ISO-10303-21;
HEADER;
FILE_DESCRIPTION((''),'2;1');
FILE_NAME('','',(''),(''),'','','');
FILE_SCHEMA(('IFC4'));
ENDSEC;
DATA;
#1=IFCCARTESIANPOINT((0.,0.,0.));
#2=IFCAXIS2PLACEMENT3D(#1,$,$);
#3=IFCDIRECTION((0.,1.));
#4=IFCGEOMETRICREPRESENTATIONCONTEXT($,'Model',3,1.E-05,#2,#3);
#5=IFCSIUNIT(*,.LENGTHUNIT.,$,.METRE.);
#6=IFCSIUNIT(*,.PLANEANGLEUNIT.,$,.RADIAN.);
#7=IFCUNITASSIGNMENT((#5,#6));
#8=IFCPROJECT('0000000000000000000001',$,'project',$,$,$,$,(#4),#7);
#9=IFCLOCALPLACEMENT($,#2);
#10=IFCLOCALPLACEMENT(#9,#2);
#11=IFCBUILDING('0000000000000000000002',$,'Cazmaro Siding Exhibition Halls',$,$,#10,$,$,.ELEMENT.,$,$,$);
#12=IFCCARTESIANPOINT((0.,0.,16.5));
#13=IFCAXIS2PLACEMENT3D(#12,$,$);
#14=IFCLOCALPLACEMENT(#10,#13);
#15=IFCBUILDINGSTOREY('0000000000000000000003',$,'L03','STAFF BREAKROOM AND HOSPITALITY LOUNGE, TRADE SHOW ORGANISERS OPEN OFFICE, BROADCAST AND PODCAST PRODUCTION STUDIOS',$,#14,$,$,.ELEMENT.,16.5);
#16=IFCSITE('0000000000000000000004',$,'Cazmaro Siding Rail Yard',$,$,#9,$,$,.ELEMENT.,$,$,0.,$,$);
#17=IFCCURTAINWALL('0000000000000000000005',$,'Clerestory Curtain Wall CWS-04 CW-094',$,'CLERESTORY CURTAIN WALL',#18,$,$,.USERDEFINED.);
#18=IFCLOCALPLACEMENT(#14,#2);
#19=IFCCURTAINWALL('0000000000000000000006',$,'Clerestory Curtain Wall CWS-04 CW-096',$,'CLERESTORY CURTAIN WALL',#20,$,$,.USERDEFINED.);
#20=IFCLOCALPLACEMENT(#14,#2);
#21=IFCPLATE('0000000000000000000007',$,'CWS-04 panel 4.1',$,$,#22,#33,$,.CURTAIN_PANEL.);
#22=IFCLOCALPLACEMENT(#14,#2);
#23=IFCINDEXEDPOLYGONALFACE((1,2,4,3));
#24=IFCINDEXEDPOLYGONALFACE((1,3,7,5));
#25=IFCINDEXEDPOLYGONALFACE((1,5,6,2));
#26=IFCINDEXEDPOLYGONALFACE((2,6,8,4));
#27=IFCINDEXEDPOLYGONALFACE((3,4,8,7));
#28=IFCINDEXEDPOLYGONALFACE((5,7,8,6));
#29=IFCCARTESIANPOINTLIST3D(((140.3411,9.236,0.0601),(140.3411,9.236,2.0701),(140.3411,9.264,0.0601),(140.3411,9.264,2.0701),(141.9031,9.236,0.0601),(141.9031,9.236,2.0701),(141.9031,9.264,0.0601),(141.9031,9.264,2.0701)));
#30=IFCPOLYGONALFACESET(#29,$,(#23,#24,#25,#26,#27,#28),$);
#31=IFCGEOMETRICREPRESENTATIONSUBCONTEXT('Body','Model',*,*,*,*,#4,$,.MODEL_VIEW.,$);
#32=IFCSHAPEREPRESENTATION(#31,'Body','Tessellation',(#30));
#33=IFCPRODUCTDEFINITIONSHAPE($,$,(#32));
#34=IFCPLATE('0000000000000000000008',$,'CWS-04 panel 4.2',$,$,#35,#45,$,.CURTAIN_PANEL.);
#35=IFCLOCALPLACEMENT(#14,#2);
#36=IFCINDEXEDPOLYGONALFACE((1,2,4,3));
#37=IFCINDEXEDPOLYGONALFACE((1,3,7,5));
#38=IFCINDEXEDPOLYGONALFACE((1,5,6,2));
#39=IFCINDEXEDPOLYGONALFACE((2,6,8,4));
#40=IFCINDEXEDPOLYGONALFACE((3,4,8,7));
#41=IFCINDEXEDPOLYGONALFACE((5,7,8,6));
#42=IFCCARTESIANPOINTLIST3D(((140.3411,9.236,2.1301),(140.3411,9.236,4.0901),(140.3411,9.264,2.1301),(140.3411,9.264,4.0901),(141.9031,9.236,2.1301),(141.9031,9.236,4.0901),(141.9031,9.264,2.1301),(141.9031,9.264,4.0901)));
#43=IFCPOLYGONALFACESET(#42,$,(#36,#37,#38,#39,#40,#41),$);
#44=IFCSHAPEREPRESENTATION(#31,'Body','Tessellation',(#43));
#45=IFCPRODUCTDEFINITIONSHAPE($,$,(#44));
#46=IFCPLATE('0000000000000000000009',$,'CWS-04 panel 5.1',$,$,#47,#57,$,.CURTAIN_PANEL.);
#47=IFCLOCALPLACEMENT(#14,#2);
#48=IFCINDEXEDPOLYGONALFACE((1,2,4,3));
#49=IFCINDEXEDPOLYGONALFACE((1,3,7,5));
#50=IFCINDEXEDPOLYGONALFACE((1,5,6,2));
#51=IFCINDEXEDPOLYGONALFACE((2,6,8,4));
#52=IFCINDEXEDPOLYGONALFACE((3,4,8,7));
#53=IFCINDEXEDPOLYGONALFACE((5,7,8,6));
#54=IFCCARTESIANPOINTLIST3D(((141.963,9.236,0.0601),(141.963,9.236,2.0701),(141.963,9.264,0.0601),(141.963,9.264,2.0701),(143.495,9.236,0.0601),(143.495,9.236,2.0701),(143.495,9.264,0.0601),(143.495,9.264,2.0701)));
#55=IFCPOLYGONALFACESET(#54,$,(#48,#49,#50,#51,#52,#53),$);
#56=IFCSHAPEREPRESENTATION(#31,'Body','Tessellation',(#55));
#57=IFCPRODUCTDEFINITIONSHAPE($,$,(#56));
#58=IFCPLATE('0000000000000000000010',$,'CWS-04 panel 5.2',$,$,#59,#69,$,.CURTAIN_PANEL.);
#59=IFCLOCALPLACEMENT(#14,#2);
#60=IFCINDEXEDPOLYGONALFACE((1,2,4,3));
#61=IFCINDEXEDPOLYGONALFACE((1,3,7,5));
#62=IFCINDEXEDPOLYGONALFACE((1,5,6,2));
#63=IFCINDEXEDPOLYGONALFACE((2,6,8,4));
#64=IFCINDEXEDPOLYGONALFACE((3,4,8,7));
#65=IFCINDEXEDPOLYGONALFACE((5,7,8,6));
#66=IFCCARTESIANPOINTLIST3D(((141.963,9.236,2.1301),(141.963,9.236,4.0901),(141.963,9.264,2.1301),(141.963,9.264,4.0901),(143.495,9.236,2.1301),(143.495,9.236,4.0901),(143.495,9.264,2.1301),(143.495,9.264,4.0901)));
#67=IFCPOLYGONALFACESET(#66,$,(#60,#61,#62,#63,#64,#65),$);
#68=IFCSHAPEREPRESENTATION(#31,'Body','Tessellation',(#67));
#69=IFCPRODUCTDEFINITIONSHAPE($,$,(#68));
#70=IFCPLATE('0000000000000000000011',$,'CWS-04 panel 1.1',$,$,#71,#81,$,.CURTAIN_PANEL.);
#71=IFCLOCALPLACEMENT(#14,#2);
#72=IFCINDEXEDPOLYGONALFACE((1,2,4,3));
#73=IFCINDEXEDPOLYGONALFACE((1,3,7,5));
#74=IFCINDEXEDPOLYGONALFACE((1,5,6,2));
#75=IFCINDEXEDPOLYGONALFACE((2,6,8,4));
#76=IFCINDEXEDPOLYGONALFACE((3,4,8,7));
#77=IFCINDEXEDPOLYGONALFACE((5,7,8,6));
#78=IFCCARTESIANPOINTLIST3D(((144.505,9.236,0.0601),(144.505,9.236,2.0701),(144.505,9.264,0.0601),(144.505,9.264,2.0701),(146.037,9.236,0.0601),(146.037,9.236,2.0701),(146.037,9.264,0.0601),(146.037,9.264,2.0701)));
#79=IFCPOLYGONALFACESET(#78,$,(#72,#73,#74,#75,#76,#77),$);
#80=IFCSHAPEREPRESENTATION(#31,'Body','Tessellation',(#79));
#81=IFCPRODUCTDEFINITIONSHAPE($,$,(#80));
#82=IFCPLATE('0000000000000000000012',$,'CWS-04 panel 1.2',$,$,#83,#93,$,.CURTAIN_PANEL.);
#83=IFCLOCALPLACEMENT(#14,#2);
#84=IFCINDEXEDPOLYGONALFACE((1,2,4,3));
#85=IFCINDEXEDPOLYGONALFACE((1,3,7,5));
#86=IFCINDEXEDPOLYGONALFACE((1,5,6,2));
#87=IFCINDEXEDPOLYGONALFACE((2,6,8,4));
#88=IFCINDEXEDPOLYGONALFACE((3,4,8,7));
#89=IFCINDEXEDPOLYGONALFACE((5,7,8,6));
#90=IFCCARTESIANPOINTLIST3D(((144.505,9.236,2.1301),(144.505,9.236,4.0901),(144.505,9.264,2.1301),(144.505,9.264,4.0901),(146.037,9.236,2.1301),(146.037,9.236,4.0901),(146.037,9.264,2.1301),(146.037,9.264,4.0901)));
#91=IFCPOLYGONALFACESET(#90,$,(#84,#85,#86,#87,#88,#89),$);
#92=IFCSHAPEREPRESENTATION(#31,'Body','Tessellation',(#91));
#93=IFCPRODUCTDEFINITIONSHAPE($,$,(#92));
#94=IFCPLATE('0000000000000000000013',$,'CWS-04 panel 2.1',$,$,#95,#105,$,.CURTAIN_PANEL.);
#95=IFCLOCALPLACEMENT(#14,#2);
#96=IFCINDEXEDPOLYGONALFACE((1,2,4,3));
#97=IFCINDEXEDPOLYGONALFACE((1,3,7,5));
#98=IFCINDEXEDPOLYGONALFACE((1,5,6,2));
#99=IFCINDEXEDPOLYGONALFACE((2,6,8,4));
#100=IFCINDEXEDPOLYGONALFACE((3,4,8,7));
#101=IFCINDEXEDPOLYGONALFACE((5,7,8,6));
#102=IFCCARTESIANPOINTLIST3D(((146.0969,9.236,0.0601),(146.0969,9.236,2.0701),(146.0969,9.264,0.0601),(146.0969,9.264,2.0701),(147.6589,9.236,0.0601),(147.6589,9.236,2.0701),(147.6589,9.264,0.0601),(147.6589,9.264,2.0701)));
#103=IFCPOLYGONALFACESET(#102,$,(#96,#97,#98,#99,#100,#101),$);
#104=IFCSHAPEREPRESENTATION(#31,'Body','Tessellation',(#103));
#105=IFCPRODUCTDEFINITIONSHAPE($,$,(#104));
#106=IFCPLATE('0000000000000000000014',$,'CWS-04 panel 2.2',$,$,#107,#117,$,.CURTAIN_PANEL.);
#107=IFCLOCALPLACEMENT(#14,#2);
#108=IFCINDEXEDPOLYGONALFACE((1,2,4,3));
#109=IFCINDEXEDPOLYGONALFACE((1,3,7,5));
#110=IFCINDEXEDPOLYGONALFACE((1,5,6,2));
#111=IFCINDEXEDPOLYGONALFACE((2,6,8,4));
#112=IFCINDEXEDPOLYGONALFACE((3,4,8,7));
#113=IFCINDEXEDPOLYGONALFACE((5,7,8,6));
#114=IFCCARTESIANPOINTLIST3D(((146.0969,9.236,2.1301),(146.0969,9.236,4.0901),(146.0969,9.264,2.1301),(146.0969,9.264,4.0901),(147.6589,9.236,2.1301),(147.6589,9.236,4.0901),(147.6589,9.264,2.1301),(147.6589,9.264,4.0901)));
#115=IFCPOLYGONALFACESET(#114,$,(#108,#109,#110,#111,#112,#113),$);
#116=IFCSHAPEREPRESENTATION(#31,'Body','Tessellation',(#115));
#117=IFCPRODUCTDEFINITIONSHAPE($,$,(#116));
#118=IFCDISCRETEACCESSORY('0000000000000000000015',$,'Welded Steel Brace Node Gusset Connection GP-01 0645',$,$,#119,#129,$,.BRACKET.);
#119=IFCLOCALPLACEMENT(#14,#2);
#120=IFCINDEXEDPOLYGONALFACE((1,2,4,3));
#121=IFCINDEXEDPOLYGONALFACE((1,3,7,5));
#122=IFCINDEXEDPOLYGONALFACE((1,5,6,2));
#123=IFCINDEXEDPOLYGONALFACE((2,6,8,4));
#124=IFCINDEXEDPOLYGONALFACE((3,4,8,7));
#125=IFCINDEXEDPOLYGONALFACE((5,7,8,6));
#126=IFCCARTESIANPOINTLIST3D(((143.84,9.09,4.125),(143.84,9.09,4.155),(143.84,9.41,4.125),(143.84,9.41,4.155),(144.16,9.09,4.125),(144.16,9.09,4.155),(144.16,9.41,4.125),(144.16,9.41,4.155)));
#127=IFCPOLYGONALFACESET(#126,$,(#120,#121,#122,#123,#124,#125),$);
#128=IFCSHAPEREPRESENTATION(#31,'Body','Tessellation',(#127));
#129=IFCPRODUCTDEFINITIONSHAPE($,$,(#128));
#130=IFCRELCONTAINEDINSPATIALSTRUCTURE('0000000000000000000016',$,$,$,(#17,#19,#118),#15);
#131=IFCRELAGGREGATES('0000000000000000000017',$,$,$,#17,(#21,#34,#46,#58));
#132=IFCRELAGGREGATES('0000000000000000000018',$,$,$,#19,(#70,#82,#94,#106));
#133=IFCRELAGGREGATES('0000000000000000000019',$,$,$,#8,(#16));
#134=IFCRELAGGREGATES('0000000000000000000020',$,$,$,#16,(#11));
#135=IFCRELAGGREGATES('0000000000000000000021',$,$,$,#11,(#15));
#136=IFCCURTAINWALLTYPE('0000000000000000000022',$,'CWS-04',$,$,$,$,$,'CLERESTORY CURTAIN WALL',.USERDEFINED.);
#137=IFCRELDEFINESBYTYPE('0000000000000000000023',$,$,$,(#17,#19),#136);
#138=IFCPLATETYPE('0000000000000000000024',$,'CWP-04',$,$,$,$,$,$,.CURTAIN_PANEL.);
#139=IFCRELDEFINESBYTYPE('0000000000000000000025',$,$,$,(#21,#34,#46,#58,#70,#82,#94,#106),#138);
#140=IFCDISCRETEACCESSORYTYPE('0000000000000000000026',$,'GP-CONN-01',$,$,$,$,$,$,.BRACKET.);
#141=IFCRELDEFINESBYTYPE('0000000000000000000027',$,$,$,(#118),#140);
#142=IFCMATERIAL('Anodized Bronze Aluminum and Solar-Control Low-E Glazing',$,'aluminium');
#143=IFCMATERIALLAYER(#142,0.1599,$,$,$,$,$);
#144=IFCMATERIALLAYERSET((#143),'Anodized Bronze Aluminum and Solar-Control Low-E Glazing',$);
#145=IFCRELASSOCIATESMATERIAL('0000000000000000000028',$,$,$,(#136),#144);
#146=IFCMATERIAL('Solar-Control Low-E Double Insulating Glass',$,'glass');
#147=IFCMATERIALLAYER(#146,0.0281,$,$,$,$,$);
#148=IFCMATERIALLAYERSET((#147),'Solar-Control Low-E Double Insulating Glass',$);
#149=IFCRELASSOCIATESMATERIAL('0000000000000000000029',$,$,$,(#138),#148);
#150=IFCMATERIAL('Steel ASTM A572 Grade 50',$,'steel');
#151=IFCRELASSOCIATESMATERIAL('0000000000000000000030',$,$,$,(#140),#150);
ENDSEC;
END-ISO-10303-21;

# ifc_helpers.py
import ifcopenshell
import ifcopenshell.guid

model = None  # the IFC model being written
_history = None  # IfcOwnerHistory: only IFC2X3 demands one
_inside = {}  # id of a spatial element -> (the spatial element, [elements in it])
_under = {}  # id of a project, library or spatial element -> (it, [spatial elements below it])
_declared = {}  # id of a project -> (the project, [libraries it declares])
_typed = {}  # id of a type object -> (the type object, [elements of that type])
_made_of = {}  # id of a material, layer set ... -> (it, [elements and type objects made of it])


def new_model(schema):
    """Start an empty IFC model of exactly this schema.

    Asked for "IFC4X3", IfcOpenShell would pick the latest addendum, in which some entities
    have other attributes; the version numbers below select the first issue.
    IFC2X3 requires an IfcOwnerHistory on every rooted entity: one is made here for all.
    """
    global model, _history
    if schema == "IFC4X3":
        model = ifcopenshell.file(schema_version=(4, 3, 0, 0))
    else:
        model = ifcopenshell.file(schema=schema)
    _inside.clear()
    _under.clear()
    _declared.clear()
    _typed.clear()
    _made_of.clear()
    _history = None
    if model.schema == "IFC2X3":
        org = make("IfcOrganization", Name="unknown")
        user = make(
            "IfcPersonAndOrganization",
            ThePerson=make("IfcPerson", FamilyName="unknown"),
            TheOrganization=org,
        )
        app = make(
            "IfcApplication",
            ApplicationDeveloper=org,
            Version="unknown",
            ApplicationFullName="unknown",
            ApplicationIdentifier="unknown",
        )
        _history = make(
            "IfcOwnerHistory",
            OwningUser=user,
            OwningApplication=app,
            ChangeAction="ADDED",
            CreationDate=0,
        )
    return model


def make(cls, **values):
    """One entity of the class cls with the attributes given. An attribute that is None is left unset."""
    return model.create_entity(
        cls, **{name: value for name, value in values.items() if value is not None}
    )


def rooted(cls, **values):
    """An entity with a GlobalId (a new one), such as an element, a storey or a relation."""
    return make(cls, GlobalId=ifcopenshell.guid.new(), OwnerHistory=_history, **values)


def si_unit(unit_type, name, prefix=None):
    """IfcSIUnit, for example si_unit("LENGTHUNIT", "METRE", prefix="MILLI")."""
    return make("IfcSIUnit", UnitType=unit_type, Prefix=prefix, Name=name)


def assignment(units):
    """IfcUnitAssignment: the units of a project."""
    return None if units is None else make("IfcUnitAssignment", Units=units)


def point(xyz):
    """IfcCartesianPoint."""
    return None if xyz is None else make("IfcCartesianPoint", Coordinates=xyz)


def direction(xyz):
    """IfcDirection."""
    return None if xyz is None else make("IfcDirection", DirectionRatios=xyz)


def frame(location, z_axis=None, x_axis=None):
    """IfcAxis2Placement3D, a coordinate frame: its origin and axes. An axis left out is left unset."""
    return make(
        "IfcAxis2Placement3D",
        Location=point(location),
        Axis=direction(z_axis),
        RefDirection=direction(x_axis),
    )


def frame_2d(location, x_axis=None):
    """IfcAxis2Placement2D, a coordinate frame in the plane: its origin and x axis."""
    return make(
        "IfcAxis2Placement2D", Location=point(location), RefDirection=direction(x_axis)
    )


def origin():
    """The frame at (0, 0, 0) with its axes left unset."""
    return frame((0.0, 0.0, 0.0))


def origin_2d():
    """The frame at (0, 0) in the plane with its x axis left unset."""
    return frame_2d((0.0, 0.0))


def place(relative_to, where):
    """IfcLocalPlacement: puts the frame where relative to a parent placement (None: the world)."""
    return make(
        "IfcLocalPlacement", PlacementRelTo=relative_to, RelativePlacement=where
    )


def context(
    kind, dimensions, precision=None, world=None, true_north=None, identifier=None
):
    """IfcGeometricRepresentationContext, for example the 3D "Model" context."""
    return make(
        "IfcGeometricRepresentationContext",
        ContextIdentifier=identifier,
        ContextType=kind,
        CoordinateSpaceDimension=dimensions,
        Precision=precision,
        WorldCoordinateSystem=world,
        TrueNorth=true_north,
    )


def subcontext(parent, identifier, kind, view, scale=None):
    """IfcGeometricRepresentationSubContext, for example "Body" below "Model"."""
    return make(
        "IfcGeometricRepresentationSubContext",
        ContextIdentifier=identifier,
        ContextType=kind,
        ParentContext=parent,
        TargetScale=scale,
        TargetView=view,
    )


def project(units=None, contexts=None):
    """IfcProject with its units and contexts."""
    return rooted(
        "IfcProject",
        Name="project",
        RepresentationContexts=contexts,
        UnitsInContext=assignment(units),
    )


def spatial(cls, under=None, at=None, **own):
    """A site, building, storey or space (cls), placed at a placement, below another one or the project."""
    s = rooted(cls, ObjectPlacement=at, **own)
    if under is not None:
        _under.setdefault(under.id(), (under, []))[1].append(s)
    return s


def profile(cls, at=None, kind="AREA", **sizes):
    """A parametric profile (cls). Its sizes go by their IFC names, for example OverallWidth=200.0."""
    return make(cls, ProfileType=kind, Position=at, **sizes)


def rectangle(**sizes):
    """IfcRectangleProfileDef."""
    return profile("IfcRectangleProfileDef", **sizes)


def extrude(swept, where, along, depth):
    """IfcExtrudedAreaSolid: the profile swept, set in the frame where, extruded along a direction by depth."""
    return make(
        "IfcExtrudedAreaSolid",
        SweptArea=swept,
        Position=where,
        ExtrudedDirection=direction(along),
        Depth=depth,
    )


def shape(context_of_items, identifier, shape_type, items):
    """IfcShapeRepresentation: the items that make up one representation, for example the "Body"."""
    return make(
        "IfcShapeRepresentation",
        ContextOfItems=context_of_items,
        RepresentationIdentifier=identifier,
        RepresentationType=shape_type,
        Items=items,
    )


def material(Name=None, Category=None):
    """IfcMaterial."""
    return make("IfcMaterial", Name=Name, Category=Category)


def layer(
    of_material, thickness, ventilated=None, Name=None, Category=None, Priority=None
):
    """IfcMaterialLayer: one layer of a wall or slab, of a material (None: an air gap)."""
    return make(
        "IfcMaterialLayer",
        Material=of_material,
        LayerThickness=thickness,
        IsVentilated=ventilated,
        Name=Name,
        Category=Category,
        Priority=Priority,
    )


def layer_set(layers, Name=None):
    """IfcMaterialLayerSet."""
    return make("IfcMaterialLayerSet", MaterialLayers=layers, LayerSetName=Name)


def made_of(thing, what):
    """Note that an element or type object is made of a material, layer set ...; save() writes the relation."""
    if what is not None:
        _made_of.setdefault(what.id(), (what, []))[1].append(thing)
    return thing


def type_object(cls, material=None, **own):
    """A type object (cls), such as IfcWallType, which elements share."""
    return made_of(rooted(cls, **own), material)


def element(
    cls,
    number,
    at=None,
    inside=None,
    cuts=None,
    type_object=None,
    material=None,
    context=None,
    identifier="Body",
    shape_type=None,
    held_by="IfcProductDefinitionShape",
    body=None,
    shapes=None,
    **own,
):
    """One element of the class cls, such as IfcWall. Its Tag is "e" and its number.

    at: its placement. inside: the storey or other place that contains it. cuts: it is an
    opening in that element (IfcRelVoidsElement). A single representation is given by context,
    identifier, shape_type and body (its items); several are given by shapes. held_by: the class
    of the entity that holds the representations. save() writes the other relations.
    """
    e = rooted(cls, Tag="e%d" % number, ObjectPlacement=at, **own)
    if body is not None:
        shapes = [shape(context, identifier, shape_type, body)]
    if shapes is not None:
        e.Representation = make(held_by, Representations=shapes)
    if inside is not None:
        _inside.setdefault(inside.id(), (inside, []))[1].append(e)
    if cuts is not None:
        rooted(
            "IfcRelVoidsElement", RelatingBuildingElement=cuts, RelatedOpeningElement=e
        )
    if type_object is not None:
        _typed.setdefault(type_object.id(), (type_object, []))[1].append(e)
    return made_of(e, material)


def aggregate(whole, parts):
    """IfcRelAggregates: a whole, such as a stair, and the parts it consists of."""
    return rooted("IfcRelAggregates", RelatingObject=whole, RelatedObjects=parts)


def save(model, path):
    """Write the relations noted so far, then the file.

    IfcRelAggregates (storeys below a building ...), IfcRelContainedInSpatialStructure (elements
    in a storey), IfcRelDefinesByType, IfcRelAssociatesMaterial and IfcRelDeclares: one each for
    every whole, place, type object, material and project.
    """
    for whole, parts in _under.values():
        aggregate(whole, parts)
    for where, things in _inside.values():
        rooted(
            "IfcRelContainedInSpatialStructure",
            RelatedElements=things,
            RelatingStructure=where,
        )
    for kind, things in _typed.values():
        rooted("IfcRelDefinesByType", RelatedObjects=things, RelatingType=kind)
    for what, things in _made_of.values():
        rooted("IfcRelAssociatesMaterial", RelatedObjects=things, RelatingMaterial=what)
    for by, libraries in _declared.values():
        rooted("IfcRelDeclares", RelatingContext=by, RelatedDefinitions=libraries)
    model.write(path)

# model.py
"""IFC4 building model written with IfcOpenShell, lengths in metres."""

from ifc_helpers import new_model, si_unit, direction, frame, origin, origin_2d, place, context, subcontext, project, spatial, rectangle, extrude, material, layer, layer_set, type_object, element, aggregate, save


model = new_model("IFC4")

# Units and contexts
model_context = context("Model", 3, precision=1e-05, world=origin(), true_north=direction((0.0, 1.0)))
body_context = subcontext(model_context, "Body", "Model", "MODEL_VIEW")
ifc_project = project(units=[si_unit("LENGTHUNIT", "METRE"), si_unit("PLANEANGLEUNIT", "RADIAN")], contexts=[model_context])

# Site, building, storey
site_placement = place(None, origin())
site = spatial("IfcSite", under=ifc_project, at=site_placement, Name="Cazmaro Siding Rail Yard", CompositionType="ELEMENT", RefElevation=0.0)
building_placement = place(site_placement, origin())
building = spatial("IfcBuilding", under=site, at=building_placement, Name="Cazmaro Siding Exhibition Halls", CompositionType="ELEMENT")
storey_placement = place(building_placement, frame((0.0, 0.0, 16.5)))
storey = spatial("IfcBuildingStorey", under=building, at=storey_placement, Name="L03", Description="STAFF BREAKROOM AND HOSPITALITY LOUNGE, TRADE SHOW ORGANISERS OPEN OFFICE, BROADCAST AND PODCAST PRODUCTION STUDIOS", CompositionType="ELEMENT", Elevation=16.5)

# Curtain walls
ifc_material_1 = material(Name="Anodized Bronze Aluminum and Solar-Control Low-E Glazing", Category="aluminium")
ifc_layer_1 = layer(ifc_material_1, 0.1599)
ifc_layer_set_1 = layer_set([ifc_layer_1], Name="Anodized Bronze Aluminum and Solar-Control Low-E Glazing")
curtain_wall_type = type_object("IfcCurtainWallType", Name="CWS-04", ElementType="CLERESTORY CURTAIN WALL", PredefinedType="USERDEFINED", material=ifc_layer_set_1)
curtain_wall_1_placement = place(storey_placement, origin())
curtain_wall_1 = element("IfcCurtainWall", 1, at=curtain_wall_1_placement, inside=storey, type_object=curtain_wall_type, Name="Clerestory Curtain Wall CWS-04 CW-094", ObjectType="CLERESTORY CURTAIN WALL", PredefinedType="USERDEFINED")
curtain_wall_2_placement = place(storey_placement, origin())
curtain_wall_2 = element("IfcCurtainWall", 2, at=curtain_wall_2_placement, inside=storey, type_object=curtain_wall_type, Name="Clerestory Curtain Wall CWS-04 CW-096", ObjectType="CLERESTORY CURTAIN WALL", PredefinedType="USERDEFINED")

# Plates
ifc_material_2 = material(Name="Solar-Control Low-E Double Insulating Glass", Category="glass")
ifc_layer_2 = layer(ifc_material_2, 0.0281)
ifc_layer_set_2 = layer_set([ifc_layer_2], Name="Solar-Control Low-E Double Insulating Glass")
plate_type = type_object("IfcPlateType", Name="CWP-04", PredefinedType="CURTAIN_PANEL", material=ifc_layer_set_2)
plate_1_placement = place(storey_placement, frame((141.1221, 9.25, 0.0601), z_axis=(0.0, 0.0, 1.0), x_axis=(1.0, 0.0, 0.0)))
plate_1 = element("IfcPlate", 3, at=plate_1_placement, type_object=plate_type, Name="CWS-04 panel 4.1", PredefinedType="CURTAIN_PANEL", context=body_context, shape_type="SweptSolid", body=[
    extrude(rectangle(XDim=1.562, YDim=0.0281, at=origin_2d()), origin(), (0.0, 0.0, 1.0), 2.01),
])
plate_2_placement = place(storey_placement, frame((141.1221, 9.25, 2.1301), z_axis=(0.0, 0.0, 1.0), x_axis=(1.0, 0.0, 0.0)))
plate_2 = element("IfcPlate", 4, at=plate_2_placement, type_object=plate_type, Name="CWS-04 panel 4.2", PredefinedType="CURTAIN_PANEL", context=body_context, shape_type="SweptSolid", body=[
    extrude(rectangle(XDim=1.562, YDim=0.0281, at=origin_2d()), origin(), (0.0, 0.0, 1.0), 1.96),
])
plate_3_placement = place(storey_placement, frame((142.729, 9.25, 0.0601), z_axis=(0.0, 0.0, 1.0), x_axis=(1.0, 0.0, 0.0)))
plate_3 = element("IfcPlate", 5, at=plate_3_placement, type_object=plate_type, Name="CWS-04 panel 5.1", PredefinedType="CURTAIN_PANEL", context=body_context, shape_type="SweptSolid", body=[
    extrude(rectangle(XDim=1.532, YDim=0.0281, at=origin_2d()), origin(), (0.0, 0.0, 1.0), 2.01),
])
plate_4_placement = place(storey_placement, frame((142.729, 9.25, 2.1301), z_axis=(0.0, 0.0, 1.0), x_axis=(1.0, 0.0, 0.0)))
plate_4 = element("IfcPlate", 6, at=plate_4_placement, type_object=plate_type, Name="CWS-04 panel 5.2", PredefinedType="CURTAIN_PANEL", context=body_context, shape_type="SweptSolid", body=[
    extrude(rectangle(XDim=1.532, YDim=0.0281, at=origin_2d()), origin(), (0.0, 0.0, 1.0), 1.96),
])
aggregate(curtain_wall_1, [plate_1, plate_2, plate_3, plate_4])
plate_5_placement = place(storey_placement, frame((145.271, 9.25, 0.0601), z_axis=(0.0, 0.0, 1.0), x_axis=(1.0, 0.0, 0.0)))
plate_5 = element("IfcPlate", 7, at=plate_5_placement, type_object=plate_type, Name="CWS-04 panel 1.1", PredefinedType="CURTAIN_PANEL", context=body_context, shape_type="SweptSolid", body=[
    extrude(rectangle(XDim=1.532, YDim=0.0281, at=origin_2d()), origin(), (0.0, 0.0, 1.0), 2.01),
])
plate_6_placement = place(storey_placement, frame((145.271, 9.25, 2.1301), z_axis=(0.0, 0.0, 1.0), x_axis=(1.0, 0.0, 0.0)))
plate_6 = element("IfcPlate", 8, at=plate_6_placement, type_object=plate_type, Name="CWS-04 panel 1.2", PredefinedType="CURTAIN_PANEL", context=body_context, shape_type="SweptSolid", body=[
    extrude(rectangle(XDim=1.532, YDim=0.0281, at=origin_2d()), origin(), (0.0, 0.0, 1.0), 1.96),
])
plate_7_placement = place(storey_placement, frame((146.8779, 9.25, 0.0601), z_axis=(0.0, 0.0, 1.0), x_axis=(1.0, 0.0, 0.0)))
plate_7 = element("IfcPlate", 9, at=plate_7_placement, type_object=plate_type, Name="CWS-04 panel 2.1", PredefinedType="CURTAIN_PANEL", context=body_context, shape_type="SweptSolid", body=[
    extrude(rectangle(XDim=1.562, YDim=0.0281, at=origin_2d()), origin(), (0.0, 0.0, 1.0), 2.01),
])
plate_8_placement = place(storey_placement, frame((146.8779, 9.25, 2.1301), z_axis=(0.0, 0.0, 1.0), x_axis=(1.0, 0.0, 0.0)))
plate_8 = element("IfcPlate", 10, at=plate_8_placement, type_object=plate_type, Name="CWS-04 panel 2.2", PredefinedType="CURTAIN_PANEL", context=body_context, shape_type="SweptSolid", body=[
    extrude(rectangle(XDim=1.562, YDim=0.0281, at=origin_2d()), origin(), (0.0, 0.0, 1.0), 1.96),
])
aggregate(curtain_wall_2, [plate_5, plate_6, plate_7, plate_8])

# Discrete accessory
ifc_material_3 = material(Name="Steel ASTM A572 Grade 50", Category="steel")
discrete_accessory_type = type_object("IfcDiscreteAccessoryType", Name="GP-CONN-01", PredefinedType="BRACKET", material=ifc_material_3)
discrete_accessory_placement = place(storey_placement, frame((144.0, 9.25, 4.125), z_axis=(0.0, 0.0, 1.0), x_axis=(1.0, 0.0, 0.0)))
element("IfcDiscreteAccessory", 11, at=discrete_accessory_placement, inside=storey, type_object=discrete_accessory_type, Name="Welded Steel Brace Node Gusset Connection GP-01 0645", PredefinedType="BRACKET", context=body_context, shape_type="SweptSolid", body=[
    extrude(rectangle(XDim=0.3201, YDim=0.3201, at=origin_2d()), origin(), (0.0, 0.0, 1.0), 0.03),
])

save(model, "model.ifc")
